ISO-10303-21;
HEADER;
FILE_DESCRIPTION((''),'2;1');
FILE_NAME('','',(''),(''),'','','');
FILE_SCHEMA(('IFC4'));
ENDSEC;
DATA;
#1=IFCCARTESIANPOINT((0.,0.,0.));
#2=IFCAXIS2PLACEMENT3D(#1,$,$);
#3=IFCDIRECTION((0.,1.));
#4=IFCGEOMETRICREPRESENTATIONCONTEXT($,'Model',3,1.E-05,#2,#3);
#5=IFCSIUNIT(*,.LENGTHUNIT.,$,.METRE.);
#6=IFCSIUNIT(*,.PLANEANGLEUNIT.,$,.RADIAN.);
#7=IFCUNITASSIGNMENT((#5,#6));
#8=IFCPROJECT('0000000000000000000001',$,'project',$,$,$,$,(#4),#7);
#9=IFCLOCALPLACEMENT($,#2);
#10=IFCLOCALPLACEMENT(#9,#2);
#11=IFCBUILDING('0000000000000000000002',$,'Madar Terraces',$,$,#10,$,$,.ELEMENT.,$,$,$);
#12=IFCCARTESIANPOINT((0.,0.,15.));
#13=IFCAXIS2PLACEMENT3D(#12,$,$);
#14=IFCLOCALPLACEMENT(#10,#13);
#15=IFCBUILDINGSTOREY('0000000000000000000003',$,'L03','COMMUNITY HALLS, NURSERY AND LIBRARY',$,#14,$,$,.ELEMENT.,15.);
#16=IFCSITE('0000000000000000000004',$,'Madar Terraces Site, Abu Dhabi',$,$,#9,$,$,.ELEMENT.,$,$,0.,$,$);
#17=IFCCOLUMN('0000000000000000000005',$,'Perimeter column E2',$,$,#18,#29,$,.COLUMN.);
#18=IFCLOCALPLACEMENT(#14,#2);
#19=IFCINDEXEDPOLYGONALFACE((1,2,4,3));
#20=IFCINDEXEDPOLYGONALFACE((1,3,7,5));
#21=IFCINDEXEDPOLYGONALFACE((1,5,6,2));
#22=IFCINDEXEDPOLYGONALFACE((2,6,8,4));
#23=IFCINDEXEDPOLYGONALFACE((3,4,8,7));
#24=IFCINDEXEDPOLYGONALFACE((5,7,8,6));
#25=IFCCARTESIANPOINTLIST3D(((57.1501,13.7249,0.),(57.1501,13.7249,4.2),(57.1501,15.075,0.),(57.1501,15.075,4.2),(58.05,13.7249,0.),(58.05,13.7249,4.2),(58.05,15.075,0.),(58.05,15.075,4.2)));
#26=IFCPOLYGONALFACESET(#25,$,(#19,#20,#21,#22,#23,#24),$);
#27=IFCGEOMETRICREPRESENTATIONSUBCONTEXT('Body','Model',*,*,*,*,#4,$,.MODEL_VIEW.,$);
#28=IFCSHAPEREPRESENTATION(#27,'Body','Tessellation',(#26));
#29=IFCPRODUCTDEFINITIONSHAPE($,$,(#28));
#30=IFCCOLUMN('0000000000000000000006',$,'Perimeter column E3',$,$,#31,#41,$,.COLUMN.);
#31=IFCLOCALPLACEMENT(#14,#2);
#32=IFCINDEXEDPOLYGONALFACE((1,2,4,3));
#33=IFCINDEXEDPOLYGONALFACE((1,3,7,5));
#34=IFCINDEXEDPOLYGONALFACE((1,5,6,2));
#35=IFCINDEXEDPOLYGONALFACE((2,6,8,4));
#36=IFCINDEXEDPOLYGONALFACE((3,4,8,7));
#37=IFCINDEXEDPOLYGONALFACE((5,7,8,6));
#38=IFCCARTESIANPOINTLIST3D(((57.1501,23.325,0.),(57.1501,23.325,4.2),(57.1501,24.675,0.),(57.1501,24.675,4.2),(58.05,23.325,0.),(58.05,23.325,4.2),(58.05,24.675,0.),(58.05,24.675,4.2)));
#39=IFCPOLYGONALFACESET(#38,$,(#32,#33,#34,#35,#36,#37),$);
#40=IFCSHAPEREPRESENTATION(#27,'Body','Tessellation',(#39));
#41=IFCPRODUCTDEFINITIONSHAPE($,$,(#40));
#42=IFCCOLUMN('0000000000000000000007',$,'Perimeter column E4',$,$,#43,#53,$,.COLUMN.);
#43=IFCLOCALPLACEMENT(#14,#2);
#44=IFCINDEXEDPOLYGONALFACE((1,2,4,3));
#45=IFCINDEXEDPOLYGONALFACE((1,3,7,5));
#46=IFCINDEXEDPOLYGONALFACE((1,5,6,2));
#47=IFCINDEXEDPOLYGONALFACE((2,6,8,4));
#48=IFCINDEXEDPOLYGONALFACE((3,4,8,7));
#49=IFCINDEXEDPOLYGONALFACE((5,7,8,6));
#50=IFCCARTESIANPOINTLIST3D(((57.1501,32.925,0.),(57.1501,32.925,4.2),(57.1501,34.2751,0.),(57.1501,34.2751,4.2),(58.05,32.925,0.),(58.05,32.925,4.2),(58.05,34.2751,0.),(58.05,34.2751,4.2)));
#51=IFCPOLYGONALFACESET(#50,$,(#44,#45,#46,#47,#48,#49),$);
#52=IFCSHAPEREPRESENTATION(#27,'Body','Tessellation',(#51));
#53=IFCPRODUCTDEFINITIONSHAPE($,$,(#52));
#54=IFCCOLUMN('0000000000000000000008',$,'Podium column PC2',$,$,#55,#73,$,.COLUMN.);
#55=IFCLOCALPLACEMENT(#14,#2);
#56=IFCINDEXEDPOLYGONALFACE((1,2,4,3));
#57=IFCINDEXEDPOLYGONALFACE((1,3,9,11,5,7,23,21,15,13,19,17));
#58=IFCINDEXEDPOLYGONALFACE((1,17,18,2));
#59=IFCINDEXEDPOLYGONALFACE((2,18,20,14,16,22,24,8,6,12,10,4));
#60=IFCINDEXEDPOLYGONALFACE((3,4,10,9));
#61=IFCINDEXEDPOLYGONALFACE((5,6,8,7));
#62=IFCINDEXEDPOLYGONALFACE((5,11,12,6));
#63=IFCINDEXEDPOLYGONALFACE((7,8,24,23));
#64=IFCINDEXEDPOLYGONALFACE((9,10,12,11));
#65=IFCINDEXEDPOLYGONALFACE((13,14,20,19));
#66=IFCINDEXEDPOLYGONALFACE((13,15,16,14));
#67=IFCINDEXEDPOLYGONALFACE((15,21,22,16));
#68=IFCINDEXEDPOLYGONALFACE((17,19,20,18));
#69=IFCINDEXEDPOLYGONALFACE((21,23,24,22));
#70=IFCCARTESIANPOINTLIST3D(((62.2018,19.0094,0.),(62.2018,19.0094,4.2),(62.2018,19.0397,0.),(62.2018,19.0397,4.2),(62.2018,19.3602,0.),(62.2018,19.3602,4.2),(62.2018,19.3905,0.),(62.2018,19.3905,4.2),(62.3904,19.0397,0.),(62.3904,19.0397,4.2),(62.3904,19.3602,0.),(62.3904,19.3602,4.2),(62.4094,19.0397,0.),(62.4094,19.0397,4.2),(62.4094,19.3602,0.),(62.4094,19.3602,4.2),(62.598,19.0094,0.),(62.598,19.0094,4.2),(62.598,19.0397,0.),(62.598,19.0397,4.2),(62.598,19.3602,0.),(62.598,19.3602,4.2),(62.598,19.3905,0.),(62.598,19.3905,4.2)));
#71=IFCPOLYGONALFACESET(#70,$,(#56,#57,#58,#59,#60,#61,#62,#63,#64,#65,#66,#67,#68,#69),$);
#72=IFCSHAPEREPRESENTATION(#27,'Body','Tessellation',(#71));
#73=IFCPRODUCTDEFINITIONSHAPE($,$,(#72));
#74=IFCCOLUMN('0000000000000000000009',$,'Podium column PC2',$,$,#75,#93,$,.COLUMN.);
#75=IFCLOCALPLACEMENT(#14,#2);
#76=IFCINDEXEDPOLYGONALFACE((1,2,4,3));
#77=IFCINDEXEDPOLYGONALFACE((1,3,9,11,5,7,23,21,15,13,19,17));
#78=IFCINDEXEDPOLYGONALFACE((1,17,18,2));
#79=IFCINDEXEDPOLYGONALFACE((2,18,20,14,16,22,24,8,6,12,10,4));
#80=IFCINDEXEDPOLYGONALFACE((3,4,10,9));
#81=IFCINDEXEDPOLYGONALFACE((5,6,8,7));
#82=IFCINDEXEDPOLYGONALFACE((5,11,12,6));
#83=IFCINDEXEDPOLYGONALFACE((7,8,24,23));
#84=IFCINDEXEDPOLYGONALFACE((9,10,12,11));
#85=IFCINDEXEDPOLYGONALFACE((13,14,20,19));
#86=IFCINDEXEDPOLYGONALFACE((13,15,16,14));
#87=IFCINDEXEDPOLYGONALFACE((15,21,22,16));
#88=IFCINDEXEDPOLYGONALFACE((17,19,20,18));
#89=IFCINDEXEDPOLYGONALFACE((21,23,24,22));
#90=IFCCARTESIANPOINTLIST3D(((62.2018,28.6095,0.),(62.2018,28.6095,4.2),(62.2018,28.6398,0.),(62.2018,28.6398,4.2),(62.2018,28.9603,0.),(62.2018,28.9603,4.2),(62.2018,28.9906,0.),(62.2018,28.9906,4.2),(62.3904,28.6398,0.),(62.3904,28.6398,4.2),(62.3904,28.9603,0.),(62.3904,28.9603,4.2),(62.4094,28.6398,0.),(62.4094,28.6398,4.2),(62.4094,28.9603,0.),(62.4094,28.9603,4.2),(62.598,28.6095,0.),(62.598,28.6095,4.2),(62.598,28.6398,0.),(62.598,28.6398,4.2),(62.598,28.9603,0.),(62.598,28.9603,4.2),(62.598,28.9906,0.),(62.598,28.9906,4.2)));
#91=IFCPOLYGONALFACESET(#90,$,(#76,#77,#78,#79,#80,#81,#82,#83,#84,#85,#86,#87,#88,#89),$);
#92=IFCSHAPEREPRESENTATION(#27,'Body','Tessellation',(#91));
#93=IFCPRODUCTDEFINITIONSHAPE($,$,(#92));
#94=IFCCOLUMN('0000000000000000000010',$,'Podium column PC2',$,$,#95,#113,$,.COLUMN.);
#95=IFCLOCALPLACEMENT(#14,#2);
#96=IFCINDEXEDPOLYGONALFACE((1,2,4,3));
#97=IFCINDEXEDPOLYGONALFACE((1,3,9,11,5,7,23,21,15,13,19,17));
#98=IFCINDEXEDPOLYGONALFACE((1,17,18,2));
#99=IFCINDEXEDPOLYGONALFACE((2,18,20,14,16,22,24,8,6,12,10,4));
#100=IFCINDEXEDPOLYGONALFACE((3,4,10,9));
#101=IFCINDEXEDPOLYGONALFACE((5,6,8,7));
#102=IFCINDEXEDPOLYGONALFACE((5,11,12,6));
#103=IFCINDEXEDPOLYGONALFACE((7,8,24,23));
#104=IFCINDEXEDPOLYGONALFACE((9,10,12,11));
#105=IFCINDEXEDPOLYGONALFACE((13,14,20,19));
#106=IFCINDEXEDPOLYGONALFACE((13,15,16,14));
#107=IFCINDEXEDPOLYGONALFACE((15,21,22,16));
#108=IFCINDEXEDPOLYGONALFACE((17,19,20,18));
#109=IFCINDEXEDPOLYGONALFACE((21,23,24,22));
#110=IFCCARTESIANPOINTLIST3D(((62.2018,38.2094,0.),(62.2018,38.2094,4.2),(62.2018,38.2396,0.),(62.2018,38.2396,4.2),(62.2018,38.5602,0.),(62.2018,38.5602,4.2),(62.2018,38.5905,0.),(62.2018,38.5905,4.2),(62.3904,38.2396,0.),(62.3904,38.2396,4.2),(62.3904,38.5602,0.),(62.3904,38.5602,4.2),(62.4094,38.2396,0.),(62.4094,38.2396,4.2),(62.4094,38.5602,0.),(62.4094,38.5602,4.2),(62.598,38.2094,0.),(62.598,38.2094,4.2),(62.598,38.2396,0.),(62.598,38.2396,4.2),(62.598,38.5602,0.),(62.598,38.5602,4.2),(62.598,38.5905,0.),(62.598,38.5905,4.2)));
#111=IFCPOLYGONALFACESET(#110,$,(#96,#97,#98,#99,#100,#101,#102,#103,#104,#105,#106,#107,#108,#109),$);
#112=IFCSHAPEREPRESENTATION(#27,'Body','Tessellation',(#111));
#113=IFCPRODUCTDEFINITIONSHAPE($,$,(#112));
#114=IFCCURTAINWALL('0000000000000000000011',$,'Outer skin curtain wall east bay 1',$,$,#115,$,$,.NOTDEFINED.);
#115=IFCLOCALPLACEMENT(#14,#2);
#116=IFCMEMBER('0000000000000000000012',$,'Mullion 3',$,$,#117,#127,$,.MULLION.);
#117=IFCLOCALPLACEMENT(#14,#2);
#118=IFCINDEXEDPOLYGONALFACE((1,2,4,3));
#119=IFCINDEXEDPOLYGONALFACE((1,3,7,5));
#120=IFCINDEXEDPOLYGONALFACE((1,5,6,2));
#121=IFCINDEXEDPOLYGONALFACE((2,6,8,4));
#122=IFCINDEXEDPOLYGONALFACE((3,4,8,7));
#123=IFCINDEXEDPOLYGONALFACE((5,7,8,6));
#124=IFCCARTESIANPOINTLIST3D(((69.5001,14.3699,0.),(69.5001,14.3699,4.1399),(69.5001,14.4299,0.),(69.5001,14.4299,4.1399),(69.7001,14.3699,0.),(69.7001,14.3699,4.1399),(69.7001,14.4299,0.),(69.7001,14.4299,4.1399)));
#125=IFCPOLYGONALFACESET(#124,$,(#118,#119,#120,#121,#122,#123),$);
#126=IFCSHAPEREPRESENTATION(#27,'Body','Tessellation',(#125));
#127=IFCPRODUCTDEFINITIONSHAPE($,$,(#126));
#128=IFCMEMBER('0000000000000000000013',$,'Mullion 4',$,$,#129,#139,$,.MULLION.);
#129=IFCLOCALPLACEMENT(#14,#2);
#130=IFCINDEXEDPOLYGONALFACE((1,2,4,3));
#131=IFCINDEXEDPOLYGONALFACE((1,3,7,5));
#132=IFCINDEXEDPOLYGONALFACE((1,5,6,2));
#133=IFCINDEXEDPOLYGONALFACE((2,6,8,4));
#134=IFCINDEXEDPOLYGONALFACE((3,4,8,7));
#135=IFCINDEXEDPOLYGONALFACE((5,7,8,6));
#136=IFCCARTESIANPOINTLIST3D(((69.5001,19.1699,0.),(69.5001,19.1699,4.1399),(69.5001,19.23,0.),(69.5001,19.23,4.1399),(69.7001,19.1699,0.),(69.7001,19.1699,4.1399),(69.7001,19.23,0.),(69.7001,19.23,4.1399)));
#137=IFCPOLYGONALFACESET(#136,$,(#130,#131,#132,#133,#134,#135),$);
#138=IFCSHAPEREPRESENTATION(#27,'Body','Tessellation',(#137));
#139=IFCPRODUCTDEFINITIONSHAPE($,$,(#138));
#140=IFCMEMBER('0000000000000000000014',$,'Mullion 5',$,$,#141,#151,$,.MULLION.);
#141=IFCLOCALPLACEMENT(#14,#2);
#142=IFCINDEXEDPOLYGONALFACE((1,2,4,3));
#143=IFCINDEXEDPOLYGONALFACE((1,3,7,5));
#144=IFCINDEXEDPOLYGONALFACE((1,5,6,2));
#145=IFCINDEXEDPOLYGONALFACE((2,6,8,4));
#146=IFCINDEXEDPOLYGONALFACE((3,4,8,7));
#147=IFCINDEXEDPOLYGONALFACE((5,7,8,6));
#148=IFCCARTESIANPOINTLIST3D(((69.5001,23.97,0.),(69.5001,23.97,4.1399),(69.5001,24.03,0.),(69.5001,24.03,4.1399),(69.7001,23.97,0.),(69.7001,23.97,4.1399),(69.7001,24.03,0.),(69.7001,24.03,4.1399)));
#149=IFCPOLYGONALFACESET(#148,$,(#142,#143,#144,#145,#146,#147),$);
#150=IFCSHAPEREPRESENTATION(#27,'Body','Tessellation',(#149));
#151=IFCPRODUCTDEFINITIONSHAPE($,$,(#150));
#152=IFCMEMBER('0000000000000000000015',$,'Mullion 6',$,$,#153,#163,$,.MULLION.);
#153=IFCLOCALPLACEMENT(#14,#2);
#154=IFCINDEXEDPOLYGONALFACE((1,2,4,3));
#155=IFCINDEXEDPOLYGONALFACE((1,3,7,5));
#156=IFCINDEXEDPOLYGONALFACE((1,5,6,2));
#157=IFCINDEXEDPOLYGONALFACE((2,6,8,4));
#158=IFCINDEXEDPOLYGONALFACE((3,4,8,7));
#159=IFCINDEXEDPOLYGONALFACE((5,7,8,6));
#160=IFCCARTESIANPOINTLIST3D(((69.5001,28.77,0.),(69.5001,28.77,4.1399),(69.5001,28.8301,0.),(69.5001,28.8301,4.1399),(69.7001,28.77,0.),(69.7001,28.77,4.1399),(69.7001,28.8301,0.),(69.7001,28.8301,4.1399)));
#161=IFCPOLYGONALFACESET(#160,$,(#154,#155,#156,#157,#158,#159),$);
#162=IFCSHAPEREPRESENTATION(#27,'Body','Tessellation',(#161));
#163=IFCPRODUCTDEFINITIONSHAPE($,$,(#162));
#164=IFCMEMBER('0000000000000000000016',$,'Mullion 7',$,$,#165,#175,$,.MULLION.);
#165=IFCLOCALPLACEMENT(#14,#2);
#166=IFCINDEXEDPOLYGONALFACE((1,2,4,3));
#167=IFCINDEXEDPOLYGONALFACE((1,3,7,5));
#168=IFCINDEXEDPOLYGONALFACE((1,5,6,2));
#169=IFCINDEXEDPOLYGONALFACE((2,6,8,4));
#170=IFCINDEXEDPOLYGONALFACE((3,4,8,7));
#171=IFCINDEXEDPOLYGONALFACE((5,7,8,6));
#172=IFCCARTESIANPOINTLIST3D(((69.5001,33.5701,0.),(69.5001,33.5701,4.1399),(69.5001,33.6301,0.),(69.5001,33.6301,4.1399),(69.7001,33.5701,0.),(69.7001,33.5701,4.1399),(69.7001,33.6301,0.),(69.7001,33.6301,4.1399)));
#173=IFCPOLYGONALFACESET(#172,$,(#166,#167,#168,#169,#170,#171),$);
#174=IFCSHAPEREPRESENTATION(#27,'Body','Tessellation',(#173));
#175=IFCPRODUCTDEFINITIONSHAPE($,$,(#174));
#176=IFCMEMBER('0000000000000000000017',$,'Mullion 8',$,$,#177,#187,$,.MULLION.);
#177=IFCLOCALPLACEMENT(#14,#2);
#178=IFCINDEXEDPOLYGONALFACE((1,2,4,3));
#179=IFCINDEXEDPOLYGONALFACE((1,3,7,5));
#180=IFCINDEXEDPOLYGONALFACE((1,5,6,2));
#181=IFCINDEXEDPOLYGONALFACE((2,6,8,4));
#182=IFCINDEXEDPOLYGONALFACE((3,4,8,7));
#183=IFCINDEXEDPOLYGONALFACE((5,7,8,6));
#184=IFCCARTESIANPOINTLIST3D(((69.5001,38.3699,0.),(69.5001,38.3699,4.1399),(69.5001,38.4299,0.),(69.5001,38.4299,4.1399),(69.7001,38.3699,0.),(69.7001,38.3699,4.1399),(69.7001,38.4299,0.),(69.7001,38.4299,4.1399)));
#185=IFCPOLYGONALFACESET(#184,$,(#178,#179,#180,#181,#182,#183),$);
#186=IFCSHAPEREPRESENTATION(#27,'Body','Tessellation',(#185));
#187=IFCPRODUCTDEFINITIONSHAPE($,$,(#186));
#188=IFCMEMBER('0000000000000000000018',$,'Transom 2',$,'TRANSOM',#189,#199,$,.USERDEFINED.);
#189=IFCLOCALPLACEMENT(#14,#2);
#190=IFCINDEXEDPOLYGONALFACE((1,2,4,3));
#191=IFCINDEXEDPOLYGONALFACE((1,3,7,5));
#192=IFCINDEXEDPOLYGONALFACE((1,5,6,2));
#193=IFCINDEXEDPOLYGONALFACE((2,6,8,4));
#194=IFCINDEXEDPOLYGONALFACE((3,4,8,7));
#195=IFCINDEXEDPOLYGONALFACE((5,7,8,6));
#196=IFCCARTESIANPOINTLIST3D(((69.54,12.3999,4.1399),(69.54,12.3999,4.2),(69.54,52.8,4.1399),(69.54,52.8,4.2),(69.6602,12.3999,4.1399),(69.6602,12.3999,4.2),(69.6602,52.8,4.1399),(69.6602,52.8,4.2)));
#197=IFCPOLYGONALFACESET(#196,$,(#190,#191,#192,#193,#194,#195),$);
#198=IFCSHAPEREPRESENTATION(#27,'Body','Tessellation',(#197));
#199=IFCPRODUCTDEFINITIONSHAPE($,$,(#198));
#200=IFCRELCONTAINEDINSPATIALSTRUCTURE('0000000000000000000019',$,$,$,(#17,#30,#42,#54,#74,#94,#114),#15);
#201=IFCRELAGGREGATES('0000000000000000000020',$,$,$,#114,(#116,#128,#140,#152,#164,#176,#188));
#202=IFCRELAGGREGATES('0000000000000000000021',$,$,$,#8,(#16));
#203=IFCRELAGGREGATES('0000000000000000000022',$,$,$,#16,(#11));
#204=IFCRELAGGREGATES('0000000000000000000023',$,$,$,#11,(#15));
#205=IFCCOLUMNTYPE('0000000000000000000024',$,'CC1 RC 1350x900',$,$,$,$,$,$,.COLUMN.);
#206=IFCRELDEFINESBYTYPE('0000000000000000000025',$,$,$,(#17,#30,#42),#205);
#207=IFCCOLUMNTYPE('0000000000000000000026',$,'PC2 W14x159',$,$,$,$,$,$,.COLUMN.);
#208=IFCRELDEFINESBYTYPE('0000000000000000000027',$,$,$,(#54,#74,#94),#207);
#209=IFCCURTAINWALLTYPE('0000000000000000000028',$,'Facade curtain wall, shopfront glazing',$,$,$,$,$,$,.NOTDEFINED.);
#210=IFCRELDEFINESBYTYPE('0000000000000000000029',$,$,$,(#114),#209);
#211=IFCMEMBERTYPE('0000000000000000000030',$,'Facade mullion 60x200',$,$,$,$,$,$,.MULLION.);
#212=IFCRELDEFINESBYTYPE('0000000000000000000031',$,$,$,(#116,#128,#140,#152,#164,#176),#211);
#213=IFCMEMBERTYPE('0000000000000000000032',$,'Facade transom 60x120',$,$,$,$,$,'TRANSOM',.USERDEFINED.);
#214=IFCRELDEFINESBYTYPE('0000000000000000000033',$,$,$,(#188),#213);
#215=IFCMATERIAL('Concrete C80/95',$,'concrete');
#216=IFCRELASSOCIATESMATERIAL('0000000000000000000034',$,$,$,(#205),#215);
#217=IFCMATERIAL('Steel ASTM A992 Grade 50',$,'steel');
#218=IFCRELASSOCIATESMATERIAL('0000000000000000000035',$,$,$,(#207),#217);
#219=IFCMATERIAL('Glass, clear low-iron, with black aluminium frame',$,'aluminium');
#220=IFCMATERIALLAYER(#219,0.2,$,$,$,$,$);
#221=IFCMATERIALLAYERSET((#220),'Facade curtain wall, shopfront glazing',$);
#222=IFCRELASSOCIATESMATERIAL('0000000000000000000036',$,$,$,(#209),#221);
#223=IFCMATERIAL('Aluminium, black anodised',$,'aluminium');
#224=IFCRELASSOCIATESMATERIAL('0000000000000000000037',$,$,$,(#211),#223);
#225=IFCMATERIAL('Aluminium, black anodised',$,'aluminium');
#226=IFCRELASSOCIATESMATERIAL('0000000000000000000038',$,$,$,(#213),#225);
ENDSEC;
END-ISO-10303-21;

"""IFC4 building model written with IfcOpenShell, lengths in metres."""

from ifc_helpers import new_model, si_unit, direction, frame, origin, origin_2d, place, context, subcontext, project, spatial, rectangle, i_section, extrude, material, layer, layer_set, material_profile, profile_set, type_object, element, aggregate, save


model = new_model("IFC4")

# Units and contexts
model_context = context("Model", 3, precision=1e-05, world=origin(), true_north=direction((0.0, 1.0)))
body_context = subcontext(model_context, "Body", "Model", "MODEL_VIEW")
ifc_project = project(units=[si_unit("LENGTHUNIT", "METRE"), si_unit("PLANEANGLEUNIT", "RADIAN")], contexts=[model_context])

# Site, building, storey
site_placement = place(None, origin())
site = spatial("IfcSite", under=ifc_project, at=site_placement, Name="Madar Terraces Site, Abu Dhabi", CompositionType="ELEMENT", RefElevation=0.0)
building_placement = place(site_placement, origin())
building = spatial("IfcBuilding", under=site, at=building_placement, Name="Madar Terraces", CompositionType="ELEMENT")
storey_placement = place(building_placement, frame((0.0, 0.0, 15.0)))
storey = spatial("IfcBuildingStorey", under=building, at=storey_placement, Name="L03", Description="COMMUNITY HALLS, NURSERY AND LIBRARY", CompositionType="ELEMENT", Elevation=15.0)

# Columns
ifc_material_1 = material(Name="Concrete C80/95", Category="concrete")
ifc_material_profile_1 = material_profile(ifc_material_1, rectangle(XDim=1.3501, YDim=0.8999, at=origin_2d()), Name="CC1 RC 1350x900")
ifc_profile_set_1 = profile_set([ifc_material_profile_1], Name="Concrete C80/95")
column_type_1 = type_object("IfcColumnType", Name="CC1 RC 1350x900", PredefinedType="COLUMN", material=ifc_profile_set_1)
for number, where, z_axis, x_axis, name in (
    (1, (57.6001, 14.3999, 0.0), (0.0, 0.0, 1.0), (0.0, 1.0, 0.0), "Perimeter column E2"),
    (2, (57.6001, 24.0, 0.0), (0.0, 0.0, 1.0), (0.0, 1.0, 0.0), "Perimeter column E3"),
    (3, (57.6001, 33.6001, 0.0), (0.0, 0.0, 1.0), (0.0, 1.0, 0.0), "Perimeter column E4"),
):
    element("IfcColumn", number, at=place(storey_placement, frame(where, z_axis=z_axis, x_axis=x_axis)), inside=storey, type_object=column_type_1, Name=name, PredefinedType="COLUMN", context=body_context, shape_type="SweptSolid", body=[
        extrude(rectangle(XDim=1.3501, YDim=0.8999, at=origin_2d()), origin(), (0.0, 0.0, 1.0), 4.2),
    ])
ifc_material_2 = material(Name="Steel ASTM A992 Grade 50", Category="steel")
ifc_material_profile_2 = material_profile(ifc_material_2, i_section(OverallWidth=0.3962, OverallDepth=0.3811, WebThickness=0.019, FlangeThickness=0.0303, at=origin_2d()), Name="W14x159")
ifc_profile_set_2 = profile_set([ifc_material_profile_2], Name="Steel ASTM A992 Grade 50")
column_type_2 = type_object("IfcColumnType", Name="PC2 W14x159", PredefinedType="COLUMN", material=ifc_profile_set_2)
for number, where, z_axis, x_axis, name in (
    (4, (62.3999, 19.2, 0.0), (0.0, 0.0, 1.0), (1.0, 0.0, 0.0), "Podium column PC2"),
    (5, (62.3999, 28.8, 0.0), (0.0, 0.0, 1.0), (1.0, 0.0, 0.0), "Podium column PC2"),
    (6, (62.3999, 38.3999, 0.0), (0.0, 0.0, 1.0), (1.0, 0.0, 0.0), "Podium column PC2"),
):
    element("IfcColumn", number, at=place(storey_placement, frame(where, z_axis=z_axis, x_axis=x_axis)), inside=storey, type_object=column_type_2, Name=name, PredefinedType="COLUMN", context=body_context, shape_type="SweptSolid", body=[
        extrude(i_section(OverallWidth=0.3962, OverallDepth=0.3811, WebThickness=0.019, FlangeThickness=0.0303, at=origin_2d()), origin(), (0.0, 0.0, 1.0), 4.2),
    ])

# Curtain wall, members
ifc_material_3 = material(Name="Glass, clear low-iron, with black aluminium frame", Category="aluminium")
ifc_layer_1 = layer(ifc_material_3, 0.2)
ifc_layer_set_1 = layer_set([ifc_layer_1], Name="Facade curtain wall, shopfront glazing")
curtain_wall_type = type_object("IfcCurtainWallType", Name="Facade curtain wall, shopfront glazing", PredefinedType="NOTDEFINED", material=ifc_layer_set_1)
curtain_wall_placement = place(storey_placement, origin())
curtain_wall = element("IfcCurtainWall", 7, at=curtain_wall_placement, inside=storey, type_object=curtain_wall_type, Name="Outer skin curtain wall east bay 1", PredefinedType="NOTDEFINED")
ifc_material_4 = material(Name="Aluminium, black anodised", Category="aluminium")
ifc_material_profile_3 = material_profile(ifc_material_4, rectangle(XDim=0.2, YDim=0.0601, at=origin_2d()), Name="Facade mullion 60x200")
ifc_profile_set_3 = profile_set([ifc_material_profile_3], Name="Aluminium, black anodised")
member_type_1 = type_object("IfcMemberType", Name="Facade mullion 60x200", PredefinedType="MULLION", material=ifc_profile_set_3)
member_1_placement = place(storey_placement, frame((69.6001, 14.3999, 0.0), z_axis=(0.0, 0.0, 1.0), x_axis=(-1.0, 0.0, 0.0)))
member_1 = element("IfcMember", 8, at=member_1_placement, type_object=member_type_1, Name="Mullion 3", PredefinedType="MULLION", context=body_context, shape_type="SweptSolid", body=[
    extrude(rectangle(XDim=0.2, YDim=0.0601, at=origin_2d()), origin(), (0.0, 0.0, 1.0), 4.1399),
])
member_2_placement = place(storey_placement, frame((69.6001, 19.2, 0.0), z_axis=(0.0, 0.0, 1.0), x_axis=(-1.0, 0.0, 0.0)))
member_2 = element("IfcMember", 9, at=member_2_placement, type_object=member_type_1, Name="Mullion 4", PredefinedType="MULLION", context=body_context, shape_type="SweptSolid", body=[
    extrude(rectangle(XDim=0.2, YDim=0.0601, at=origin_2d()), origin(), (0.0, 0.0, 1.0), 4.1399),
])
member_3_placement = place(storey_placement, frame((69.6001, 24.0, 0.0), z_axis=(0.0, 0.0, 1.0), x_axis=(-1.0, 0.0, 0.0)))
member_3 = element("IfcMember", 10, at=member_3_placement, type_object=member_type_1, Name="Mullion 5", PredefinedType="MULLION", context=body_context, shape_type="SweptSolid", body=[
    extrude(rectangle(XDim=0.2, YDim=0.0601, at=origin_2d()), origin(), (0.0, 0.0, 1.0), 4.1399),
])
member_4_placement = place(storey_placement, frame((69.6001, 28.8, 0.0), z_axis=(0.0, 0.0, 1.0), x_axis=(-1.0, 0.0, 0.0)))
member_4 = element("IfcMember", 11, at=member_4_placement, type_object=member_type_1, Name="Mullion 6", PredefinedType="MULLION", context=body_context, shape_type="SweptSolid", body=[
    extrude(rectangle(XDim=0.2, YDim=0.0601, at=origin_2d()), origin(), (0.0, 0.0, 1.0), 4.1399),
])
member_5_placement = place(storey_placement, frame((69.6001, 33.6001, 0.0), z_axis=(0.0, 0.0, 1.0), x_axis=(-1.0, 0.0, 0.0)))
member_5 = element("IfcMember", 12, at=member_5_placement, type_object=member_type_1, Name="Mullion 7", PredefinedType="MULLION", context=body_context, shape_type="SweptSolid", body=[
    extrude(rectangle(XDim=0.2, YDim=0.0601, at=origin_2d()), origin(), (0.0, 0.0, 1.0), 4.1399),
])
member_6_placement = place(storey_placement, frame((69.6001, 38.3999, 0.0), z_axis=(0.0, 0.0, 1.0), x_axis=(-1.0, 0.0, 0.0)))
member_6 = element("IfcMember", 13, at=member_6_placement, type_object=member_type_1, Name="Mullion 8", PredefinedType="MULLION", context=body_context, shape_type="SweptSolid", body=[
    extrude(rectangle(XDim=0.2, YDim=0.0601, at=origin_2d()), origin(), (0.0, 0.0, 1.0), 4.1399),
])
ifc_material_5 = material(Name="Aluminium, black anodised", Category="aluminium")
ifc_material_profile_4 = material_profile(ifc_material_5, rectangle(XDim=0.1201, YDim=0.0601, at=origin_2d()), Name="Facade transom 60x120")
ifc_profile_set_4 = profile_set([ifc_material_profile_4], Name="Aluminium, black anodised")
member_type_2 = type_object("IfcMemberType", Name="Facade transom 60x120", ElementType="TRANSOM", PredefinedType="USERDEFINED", material=ifc_profile_set_4)
member_7_placement = place(storey_placement, frame((69.6001, 12.3999, 4.1699), z_axis=(0.0, 1.0, 0.0), x_axis=(-1.0, 0.0, 0.0)))
member_7 = element("IfcMember", 14, at=member_7_placement, type_object=member_type_2, Name="Transom 2", ObjectType="TRANSOM", PredefinedType="USERDEFINED", context=body_context, shape_type="SweptSolid", body=[
    extrude(rectangle(XDim=0.1201, YDim=0.0601, at=origin_2d()), origin(), (0.0, 0.0, 1.0), 40.4001),
])
aggregate(curtain_wall, [member_1, member_2, member_3, member_4, member_5, member_6, member_7])

save(model, "model.ifc")
